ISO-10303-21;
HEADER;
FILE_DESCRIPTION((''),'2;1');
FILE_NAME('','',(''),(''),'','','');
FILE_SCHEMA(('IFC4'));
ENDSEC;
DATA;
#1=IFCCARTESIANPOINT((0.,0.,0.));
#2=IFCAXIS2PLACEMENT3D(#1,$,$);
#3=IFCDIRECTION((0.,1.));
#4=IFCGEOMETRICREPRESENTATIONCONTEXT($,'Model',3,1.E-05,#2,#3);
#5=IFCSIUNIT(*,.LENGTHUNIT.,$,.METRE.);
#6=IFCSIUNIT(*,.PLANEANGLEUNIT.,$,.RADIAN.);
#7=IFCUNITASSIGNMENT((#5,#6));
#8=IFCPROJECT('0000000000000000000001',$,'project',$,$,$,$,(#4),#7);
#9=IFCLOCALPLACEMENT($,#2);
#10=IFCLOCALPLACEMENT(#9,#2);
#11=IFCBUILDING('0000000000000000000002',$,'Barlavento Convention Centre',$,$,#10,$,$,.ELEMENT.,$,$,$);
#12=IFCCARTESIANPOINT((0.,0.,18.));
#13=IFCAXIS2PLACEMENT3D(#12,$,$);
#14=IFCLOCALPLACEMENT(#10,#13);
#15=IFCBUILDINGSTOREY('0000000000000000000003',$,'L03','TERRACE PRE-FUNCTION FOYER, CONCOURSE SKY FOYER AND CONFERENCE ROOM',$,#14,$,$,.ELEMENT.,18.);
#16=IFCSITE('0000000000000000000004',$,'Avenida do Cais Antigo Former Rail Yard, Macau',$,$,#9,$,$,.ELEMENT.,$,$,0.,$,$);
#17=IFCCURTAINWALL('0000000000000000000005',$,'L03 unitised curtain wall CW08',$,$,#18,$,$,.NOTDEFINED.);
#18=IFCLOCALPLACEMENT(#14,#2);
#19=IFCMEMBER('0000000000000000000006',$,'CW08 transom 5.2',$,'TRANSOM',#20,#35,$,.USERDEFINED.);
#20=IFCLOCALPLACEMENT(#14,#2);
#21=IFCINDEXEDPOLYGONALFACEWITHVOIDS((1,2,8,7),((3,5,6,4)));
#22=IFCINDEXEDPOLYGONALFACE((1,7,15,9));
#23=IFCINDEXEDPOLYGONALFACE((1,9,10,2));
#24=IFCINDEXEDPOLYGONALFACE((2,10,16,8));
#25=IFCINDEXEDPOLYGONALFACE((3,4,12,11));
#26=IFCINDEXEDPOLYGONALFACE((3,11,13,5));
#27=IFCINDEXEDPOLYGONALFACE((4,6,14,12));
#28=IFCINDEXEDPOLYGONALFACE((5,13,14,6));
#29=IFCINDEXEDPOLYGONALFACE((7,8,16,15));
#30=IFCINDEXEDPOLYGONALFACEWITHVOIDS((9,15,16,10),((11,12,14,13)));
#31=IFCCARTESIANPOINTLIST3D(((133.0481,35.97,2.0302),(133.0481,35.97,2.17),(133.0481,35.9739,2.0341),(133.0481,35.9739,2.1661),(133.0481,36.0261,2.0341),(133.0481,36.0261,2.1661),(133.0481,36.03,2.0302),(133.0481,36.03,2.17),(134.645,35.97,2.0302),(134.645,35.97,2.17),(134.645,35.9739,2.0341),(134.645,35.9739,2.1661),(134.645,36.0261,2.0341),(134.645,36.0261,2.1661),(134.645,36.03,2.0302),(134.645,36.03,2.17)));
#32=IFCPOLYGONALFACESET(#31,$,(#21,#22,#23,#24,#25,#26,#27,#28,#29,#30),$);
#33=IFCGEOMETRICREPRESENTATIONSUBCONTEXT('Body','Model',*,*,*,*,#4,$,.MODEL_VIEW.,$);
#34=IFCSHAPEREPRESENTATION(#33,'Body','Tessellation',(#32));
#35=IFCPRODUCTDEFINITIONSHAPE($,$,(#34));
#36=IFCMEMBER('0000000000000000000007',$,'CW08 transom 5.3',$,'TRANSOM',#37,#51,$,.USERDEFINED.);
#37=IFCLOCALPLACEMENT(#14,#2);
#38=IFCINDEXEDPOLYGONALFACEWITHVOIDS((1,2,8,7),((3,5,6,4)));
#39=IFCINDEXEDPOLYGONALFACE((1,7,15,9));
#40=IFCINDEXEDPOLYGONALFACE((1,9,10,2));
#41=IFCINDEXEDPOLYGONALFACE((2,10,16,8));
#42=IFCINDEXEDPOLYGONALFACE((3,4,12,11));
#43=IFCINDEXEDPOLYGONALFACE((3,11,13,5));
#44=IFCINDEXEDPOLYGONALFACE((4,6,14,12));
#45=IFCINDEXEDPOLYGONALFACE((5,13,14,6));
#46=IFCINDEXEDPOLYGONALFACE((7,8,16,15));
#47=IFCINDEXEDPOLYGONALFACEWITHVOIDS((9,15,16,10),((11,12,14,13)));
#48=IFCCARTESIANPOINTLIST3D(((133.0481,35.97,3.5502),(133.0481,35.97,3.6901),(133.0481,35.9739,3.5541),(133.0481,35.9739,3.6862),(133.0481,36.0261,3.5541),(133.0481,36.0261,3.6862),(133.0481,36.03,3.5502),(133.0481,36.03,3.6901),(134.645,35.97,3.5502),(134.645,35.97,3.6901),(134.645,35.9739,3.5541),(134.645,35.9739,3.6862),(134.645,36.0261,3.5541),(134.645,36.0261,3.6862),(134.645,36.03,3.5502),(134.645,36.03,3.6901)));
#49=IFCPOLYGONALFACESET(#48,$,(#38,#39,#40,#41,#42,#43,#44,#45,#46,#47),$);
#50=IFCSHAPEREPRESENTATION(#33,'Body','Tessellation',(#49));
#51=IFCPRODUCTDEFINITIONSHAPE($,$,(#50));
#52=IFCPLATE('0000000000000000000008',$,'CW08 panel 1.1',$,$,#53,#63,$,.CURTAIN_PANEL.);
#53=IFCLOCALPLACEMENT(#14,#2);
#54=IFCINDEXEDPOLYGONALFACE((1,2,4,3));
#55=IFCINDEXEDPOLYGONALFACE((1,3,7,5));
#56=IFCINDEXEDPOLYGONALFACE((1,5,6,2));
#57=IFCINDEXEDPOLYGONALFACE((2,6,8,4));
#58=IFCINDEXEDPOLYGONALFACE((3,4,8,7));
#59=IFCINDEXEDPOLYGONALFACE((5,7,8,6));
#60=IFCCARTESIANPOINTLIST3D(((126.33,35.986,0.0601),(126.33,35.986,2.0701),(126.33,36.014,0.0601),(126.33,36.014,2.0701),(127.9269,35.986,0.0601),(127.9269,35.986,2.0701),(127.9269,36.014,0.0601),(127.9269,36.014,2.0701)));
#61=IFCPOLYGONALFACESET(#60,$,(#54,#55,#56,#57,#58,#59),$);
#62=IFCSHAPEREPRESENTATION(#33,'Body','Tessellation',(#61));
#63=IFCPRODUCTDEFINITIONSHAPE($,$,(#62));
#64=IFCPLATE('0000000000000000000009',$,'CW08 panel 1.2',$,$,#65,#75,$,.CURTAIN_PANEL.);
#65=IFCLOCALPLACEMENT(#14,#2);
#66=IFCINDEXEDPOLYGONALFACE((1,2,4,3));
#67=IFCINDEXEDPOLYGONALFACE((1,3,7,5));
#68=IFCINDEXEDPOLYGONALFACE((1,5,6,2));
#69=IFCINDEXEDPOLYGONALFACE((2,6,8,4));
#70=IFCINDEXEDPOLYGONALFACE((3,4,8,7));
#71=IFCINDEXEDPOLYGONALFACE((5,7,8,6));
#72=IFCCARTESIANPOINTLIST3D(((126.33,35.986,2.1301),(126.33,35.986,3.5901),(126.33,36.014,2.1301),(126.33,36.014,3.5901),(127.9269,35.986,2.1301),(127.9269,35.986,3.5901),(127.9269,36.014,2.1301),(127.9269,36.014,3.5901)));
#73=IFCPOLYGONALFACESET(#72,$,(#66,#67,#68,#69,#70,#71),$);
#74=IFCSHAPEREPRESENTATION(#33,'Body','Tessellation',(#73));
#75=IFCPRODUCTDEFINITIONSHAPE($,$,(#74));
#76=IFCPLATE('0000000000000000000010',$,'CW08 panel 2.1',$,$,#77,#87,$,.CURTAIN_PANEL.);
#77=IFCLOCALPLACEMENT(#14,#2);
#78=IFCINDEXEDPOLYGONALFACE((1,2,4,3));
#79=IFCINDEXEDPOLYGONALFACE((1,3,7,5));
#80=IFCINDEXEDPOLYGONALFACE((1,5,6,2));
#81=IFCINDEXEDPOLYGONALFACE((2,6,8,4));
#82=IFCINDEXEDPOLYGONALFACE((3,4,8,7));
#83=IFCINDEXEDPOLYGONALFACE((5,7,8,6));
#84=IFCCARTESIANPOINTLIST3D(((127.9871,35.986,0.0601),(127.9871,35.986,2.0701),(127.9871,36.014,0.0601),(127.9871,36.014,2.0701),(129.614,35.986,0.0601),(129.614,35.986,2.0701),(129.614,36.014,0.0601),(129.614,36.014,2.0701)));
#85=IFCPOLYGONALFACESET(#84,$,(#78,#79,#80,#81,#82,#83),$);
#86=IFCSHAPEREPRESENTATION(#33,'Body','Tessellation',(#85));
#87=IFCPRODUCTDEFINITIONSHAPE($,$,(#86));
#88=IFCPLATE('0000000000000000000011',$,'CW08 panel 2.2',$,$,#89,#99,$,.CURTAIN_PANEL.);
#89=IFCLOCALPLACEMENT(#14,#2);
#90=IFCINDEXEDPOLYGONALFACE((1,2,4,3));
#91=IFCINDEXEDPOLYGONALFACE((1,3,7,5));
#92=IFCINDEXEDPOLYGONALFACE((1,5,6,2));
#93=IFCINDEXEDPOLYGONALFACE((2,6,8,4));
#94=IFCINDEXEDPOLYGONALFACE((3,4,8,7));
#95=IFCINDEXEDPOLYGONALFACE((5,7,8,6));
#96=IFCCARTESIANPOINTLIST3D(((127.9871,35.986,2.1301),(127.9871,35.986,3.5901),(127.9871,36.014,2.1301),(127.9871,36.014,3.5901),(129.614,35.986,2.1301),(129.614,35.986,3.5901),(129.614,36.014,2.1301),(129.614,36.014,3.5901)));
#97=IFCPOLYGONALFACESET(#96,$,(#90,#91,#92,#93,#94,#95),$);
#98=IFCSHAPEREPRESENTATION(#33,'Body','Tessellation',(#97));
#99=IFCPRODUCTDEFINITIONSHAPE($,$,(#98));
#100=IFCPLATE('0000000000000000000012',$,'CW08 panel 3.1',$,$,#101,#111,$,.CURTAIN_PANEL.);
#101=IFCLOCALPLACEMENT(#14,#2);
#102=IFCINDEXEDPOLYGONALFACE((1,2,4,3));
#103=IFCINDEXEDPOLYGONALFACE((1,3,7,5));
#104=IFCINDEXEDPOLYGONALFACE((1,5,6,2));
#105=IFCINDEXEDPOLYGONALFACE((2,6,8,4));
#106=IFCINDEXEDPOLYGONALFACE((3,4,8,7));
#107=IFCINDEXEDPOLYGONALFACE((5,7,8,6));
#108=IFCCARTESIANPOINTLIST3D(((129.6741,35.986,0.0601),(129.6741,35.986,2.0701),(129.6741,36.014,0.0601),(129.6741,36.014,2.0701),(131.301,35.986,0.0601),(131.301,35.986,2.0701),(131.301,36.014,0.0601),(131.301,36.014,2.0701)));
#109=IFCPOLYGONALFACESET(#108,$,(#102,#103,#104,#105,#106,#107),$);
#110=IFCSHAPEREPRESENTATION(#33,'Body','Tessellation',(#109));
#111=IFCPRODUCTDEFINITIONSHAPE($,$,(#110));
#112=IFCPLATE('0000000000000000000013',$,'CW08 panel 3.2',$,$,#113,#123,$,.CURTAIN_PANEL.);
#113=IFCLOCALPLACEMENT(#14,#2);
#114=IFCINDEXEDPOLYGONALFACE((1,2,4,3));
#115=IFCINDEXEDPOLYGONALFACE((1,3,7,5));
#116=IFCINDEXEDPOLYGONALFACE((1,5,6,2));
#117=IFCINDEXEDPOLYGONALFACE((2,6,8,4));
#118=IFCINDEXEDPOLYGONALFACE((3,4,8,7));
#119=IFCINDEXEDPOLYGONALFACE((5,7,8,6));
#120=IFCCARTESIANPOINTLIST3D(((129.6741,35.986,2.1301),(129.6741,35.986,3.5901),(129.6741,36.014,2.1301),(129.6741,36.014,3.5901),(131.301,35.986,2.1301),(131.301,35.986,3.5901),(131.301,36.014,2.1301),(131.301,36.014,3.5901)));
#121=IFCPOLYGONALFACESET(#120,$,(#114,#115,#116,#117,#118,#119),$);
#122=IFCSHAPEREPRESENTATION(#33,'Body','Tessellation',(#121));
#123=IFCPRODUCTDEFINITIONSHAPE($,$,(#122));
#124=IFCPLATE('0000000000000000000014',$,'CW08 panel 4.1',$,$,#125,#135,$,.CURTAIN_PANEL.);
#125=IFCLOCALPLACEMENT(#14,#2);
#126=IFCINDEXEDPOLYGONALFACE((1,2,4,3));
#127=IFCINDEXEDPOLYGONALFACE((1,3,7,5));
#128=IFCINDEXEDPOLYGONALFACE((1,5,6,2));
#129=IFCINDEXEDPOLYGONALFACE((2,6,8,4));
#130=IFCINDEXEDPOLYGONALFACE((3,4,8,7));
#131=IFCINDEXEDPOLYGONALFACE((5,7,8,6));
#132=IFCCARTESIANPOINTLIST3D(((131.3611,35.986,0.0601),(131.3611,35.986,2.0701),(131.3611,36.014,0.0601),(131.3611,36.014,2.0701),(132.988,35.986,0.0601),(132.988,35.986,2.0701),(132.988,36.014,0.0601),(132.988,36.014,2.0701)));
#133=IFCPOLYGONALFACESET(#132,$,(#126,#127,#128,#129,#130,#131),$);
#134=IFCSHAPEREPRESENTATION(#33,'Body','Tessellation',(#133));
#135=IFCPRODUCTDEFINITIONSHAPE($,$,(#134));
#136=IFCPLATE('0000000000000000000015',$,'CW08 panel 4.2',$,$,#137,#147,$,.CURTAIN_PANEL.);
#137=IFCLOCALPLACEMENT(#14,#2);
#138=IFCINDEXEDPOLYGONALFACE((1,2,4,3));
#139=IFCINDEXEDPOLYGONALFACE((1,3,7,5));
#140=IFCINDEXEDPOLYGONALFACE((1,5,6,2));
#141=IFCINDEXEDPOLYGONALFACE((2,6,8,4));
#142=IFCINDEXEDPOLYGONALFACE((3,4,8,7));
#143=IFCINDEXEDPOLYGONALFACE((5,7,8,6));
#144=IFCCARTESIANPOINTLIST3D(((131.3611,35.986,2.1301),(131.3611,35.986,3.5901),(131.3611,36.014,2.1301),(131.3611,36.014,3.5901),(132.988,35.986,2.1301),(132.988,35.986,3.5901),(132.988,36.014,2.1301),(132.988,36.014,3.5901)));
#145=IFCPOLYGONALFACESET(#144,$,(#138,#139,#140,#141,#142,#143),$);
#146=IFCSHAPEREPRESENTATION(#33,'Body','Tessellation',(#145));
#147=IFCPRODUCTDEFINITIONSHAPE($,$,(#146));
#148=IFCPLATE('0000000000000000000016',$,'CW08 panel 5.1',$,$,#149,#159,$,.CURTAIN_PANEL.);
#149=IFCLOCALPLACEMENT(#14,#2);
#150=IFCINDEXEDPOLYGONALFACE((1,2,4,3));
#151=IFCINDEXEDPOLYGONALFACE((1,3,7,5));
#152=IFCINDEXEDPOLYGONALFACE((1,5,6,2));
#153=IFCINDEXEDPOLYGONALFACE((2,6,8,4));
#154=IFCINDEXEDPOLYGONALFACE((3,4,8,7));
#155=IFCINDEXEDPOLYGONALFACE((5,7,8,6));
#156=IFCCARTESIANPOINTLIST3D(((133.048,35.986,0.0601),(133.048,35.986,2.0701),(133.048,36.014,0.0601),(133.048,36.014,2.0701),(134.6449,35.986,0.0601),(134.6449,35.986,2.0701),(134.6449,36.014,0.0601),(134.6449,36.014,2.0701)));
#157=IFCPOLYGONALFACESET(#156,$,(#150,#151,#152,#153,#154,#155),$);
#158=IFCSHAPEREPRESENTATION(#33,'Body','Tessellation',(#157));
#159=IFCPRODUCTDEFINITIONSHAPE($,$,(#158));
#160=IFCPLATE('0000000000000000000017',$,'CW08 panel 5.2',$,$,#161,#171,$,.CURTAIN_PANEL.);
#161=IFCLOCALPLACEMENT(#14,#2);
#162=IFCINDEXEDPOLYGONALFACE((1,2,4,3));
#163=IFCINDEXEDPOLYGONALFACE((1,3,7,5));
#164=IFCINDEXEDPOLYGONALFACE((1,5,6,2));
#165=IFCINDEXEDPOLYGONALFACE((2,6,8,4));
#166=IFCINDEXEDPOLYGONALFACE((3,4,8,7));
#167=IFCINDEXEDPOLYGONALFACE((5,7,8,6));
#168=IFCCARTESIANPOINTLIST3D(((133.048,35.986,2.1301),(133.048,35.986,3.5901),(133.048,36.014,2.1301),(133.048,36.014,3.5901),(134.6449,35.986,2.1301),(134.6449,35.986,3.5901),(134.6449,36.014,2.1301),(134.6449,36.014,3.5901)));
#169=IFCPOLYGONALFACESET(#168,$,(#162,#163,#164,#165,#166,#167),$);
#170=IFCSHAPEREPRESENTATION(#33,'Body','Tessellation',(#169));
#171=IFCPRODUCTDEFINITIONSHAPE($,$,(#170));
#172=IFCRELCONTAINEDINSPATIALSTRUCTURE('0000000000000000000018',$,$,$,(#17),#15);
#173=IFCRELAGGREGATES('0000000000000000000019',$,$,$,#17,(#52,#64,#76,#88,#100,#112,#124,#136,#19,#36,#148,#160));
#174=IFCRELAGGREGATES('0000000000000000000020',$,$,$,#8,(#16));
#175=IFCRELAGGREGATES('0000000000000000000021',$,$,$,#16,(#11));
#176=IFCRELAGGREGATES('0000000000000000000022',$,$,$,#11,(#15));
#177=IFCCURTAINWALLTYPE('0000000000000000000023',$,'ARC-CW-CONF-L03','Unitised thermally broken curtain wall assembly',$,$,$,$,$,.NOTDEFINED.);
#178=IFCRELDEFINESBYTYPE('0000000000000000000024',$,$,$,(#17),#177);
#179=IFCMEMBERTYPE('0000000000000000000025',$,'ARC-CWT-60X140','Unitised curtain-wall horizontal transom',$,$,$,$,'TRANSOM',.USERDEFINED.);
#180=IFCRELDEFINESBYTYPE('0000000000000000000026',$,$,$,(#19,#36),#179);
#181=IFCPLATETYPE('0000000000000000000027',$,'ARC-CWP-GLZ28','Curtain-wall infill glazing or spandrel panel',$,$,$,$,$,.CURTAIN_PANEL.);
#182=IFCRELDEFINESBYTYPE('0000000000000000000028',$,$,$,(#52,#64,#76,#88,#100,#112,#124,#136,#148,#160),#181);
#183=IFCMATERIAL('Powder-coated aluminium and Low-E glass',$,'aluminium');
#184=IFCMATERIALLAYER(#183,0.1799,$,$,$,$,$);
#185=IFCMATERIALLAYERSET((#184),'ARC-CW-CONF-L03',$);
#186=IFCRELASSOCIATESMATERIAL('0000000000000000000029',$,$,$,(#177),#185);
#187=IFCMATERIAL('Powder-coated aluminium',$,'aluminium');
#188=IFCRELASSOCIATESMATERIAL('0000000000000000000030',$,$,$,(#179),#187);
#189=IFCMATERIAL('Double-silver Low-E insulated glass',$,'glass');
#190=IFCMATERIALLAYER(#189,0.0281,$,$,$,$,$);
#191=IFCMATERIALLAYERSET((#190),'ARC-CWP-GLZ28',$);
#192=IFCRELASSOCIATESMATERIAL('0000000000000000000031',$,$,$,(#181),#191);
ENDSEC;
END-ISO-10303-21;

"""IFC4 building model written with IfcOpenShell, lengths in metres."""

from ifc_helpers import new_model, si_unit, direction, frame, origin, origin_2d, place, context, subcontext, project, spatial, rectangle, hollow_rectangle, extrude, material, layer, layer_set, material_profile, profile_set, type_object, element, aggregate, save


model = new_model("IFC4")

# Units and contexts
model_context = context("Model", 3, precision=1e-05, world=origin(), true_north=direction((0.0, 1.0)))
body_context = subcontext(model_context, "Body", "Model", "MODEL_VIEW")
ifc_project = project(units=[si_unit("LENGTHUNIT", "METRE"), si_unit("PLANEANGLEUNIT", "RADIAN")], contexts=[model_context])

# Site, building, storey
site_placement = place(None, origin())
site = spatial("IfcSite", under=ifc_project, at=site_placement, Name="Avenida do Cais Antigo Former Rail Yard, Macau", CompositionType="ELEMENT", RefElevation=0.0)
building_placement = place(site_placement, origin())
building = spatial("IfcBuilding", under=site, at=building_placement, Name="Barlavento Convention Centre", CompositionType="ELEMENT")
storey_placement = place(building_placement, frame((0.0, 0.0, 18.0)))
storey = spatial("IfcBuildingStorey", under=building, at=storey_placement, Name="L03", Description="TERRACE PRE-FUNCTION FOYER, CONCOURSE SKY FOYER AND CONFERENCE ROOM", CompositionType="ELEMENT", Elevation=18.0)

# Curtain wall, members, plates
ifc_material_1 = material(Name="Powder-coated aluminium and Low-E glass", Category="aluminium")
ifc_layer_1 = layer(ifc_material_1, 0.1799)
ifc_layer_set_1 = layer_set([ifc_layer_1], Name="ARC-CW-CONF-L03")
curtain_wall_type = type_object("IfcCurtainWallType", Name="ARC-CW-CONF-L03", Description="Unitised thermally broken curtain wall assembly", PredefinedType="NOTDEFINED", material=ifc_layer_set_1)
curtain_wall_placement = place(storey_placement, origin())
curtain_wall = element("IfcCurtainWall", 1, at=curtain_wall_placement, inside=storey, type_object=curtain_wall_type, Name="L03 unitised curtain wall CW08", PredefinedType="NOTDEFINED")
ifc_material_2 = material(Name="Powder-coated aluminium", Category="aluminium")
ifc_material_profile_1 = material_profile(ifc_material_2, hollow_rectangle(XDim=0.0601, YDim=0.1399, WallThickness=0.0039, at=origin_2d()), Name="AL-TRAN 60x140x4")
ifc_profile_set_1 = profile_set([ifc_material_profile_1], Name="Powder-coated aluminium")
member_type_1 = type_object("IfcMemberType", Name="ARC-CWT-60X140", Description="Unitised curtain-wall horizontal transom", ElementType="TRANSOM", PredefinedType="USERDEFINED", material=ifc_profile_set_1)
member_1_placement = place(storey_placement, frame((133.0481, 36.0, 2.1001), z_axis=(1.0, 0.0, 0.0), x_axis=(0.0, 1.0, 0.0)))
member_1 = element("IfcMember", 2, at=member_1_placement, type_object=member_type_1, Name="CW08 transom 5.2", ObjectType="TRANSOM", PredefinedType="USERDEFINED", context=body_context, shape_type="SweptSolid", body=[
    extrude(hollow_rectangle(XDim=0.0601, YDim=0.1399, WallThickness=0.0039, at=origin_2d()), origin(), (0.0, 0.0, 1.0), 1.5969),
])
member_2_placement = place(storey_placement, frame((133.0481, 36.0, 3.6201), z_axis=(1.0, 0.0, 0.0), x_axis=(0.0, 1.0, 0.0)))
member_2 = element("IfcMember", 3, at=member_2_placement, type_object=member_type_1, Name="CW08 transom 5.3", ObjectType="TRANSOM", PredefinedType="USERDEFINED", context=body_context, shape_type="SweptSolid", body=[
    extrude(hollow_rectangle(XDim=0.0601, YDim=0.1399, WallThickness=0.0039, at=origin_2d()), origin(), (0.0, 0.0, 1.0), 1.5969),
])
ifc_material_3 = material(Name="Double-silver Low-E insulated glass", Category="glass")
ifc_layer_2 = layer(ifc_material_3, 0.0281)
ifc_layer_set_2 = layer_set([ifc_layer_2], Name="ARC-CWP-GLZ28")
plate_type = type_object("IfcPlateType", Name="ARC-CWP-GLZ28", Description="Curtain-wall infill glazing or spandrel panel", PredefinedType="CURTAIN_PANEL", material=ifc_layer_set_2)
plate_1_placement = place(storey_placement, frame((127.1284, 36.0, 0.0601), z_axis=(0.0, 0.0, 1.0), x_axis=(1.0, 0.0, 0.0)))
plate_1 = element("IfcPlate", 4, at=plate_1_placement, type_object=plate_type, Name="CW08 panel 1.1", PredefinedType="CURTAIN_PANEL", context=body_context, shape_type="SweptSolid", body=[
    extrude(rectangle(XDim=1.5969, YDim=0.0281, at=origin_2d()), origin(), (0.0, 0.0, 1.0), 2.01),
])
plate_2_placement = place(storey_placement, frame((127.1284, 36.0, 2.1301), z_axis=(0.0, 0.0, 1.0), x_axis=(1.0, 0.0, 0.0)))
plate_2 = element("IfcPlate", 5, at=plate_2_placement, type_object=plate_type, Name="CW08 panel 1.2", PredefinedType="CURTAIN_PANEL", context=body_context, shape_type="SweptSolid", body=[
    extrude(rectangle(XDim=1.5969, YDim=0.0281, at=origin_2d()), origin(), (0.0, 0.0, 1.0), 1.46),
])
plate_3_placement = place(storey_placement, frame((128.8005, 36.0, 0.0601), z_axis=(0.0, 0.0, 1.0), x_axis=(1.0, 0.0, 0.0)))
plate_3 = element("IfcPlate", 6, at=plate_3_placement, type_object=plate_type, Name="CW08 panel 2.1", PredefinedType="CURTAIN_PANEL", context=body_context, shape_type="SweptSolid", body=[
    extrude(rectangle(XDim=1.627, YDim=0.0281, at=origin_2d()), origin(), (0.0, 0.0, 1.0), 2.01),
])
plate_4_placement = place(storey_placement, frame((128.8005, 36.0, 2.1301), z_axis=(0.0, 0.0, 1.0), x_axis=(1.0, 0.0, 0.0)))
plate_4 = element("IfcPlate", 7, at=plate_4_placement, type_object=plate_type, Name="CW08 panel 2.2", PredefinedType="CURTAIN_PANEL", context=body_context, shape_type="SweptSolid", body=[
    extrude(rectangle(XDim=1.627, YDim=0.0281, at=origin_2d()), origin(), (0.0, 0.0, 1.0), 1.46),
])
plate_5_placement = place(storey_placement, frame((130.4875, 36.0, 0.0601), z_axis=(0.0, 0.0, 1.0), x_axis=(1.0, 0.0, 0.0)))
plate_5 = element("IfcPlate", 8, at=plate_5_placement, type_object=plate_type, Name="CW08 panel 3.1", PredefinedType="CURTAIN_PANEL", context=body_context, shape_type="SweptSolid", body=[
    extrude(rectangle(XDim=1.627, YDim=0.0281, at=origin_2d()), origin(), (0.0, 0.0, 1.0), 2.01),
])
plate_6_placement = place(storey_placement, frame((130.4875, 36.0, 2.1301), z_axis=(0.0, 0.0, 1.0), x_axis=(1.0, 0.0, 0.0)))
plate_6 = element("IfcPlate", 9, at=plate_6_placement, type_object=plate_type, Name="CW08 panel 3.2", PredefinedType="CURTAIN_PANEL", context=body_context, shape_type="SweptSolid", body=[
    extrude(rectangle(XDim=1.627, YDim=0.0281, at=origin_2d()), origin(), (0.0, 0.0, 1.0), 1.46),
])
plate_7_placement = place(storey_placement, frame((132.1746, 36.0, 0.0601), z_axis=(0.0, 0.0, 1.0), x_axis=(1.0, 0.0, 0.0)))
plate_7 = element("IfcPlate", 10, at=plate_7_placement, type_object=plate_type, Name="CW08 panel 4.1", PredefinedType="CURTAIN_PANEL", context=body_context, shape_type="SweptSolid", body=[
    extrude(rectangle(XDim=1.627, YDim=0.0281, at=origin_2d()), origin(), (0.0, 0.0, 1.0), 2.01),
])
plate_8_placement = place(storey_placement, frame((132.1746, 36.0, 2.1301), z_axis=(0.0, 0.0, 1.0), x_axis=(1.0, 0.0, 0.0)))
plate_8 = element("IfcPlate", 11, at=plate_8_placement, type_object=plate_type, Name="CW08 panel 4.2", PredefinedType="CURTAIN_PANEL", context=body_context, shape_type="SweptSolid", body=[
    extrude(rectangle(XDim=1.627, YDim=0.0281, at=origin_2d()), origin(), (0.0, 0.0, 1.0), 1.46),
])
plate_9_placement = place(storey_placement, frame((133.8464, 36.0, 0.0601), z_axis=(0.0, 0.0, 1.0), x_axis=(1.0, 0.0, 0.0)))
plate_9 = element("IfcPlate", 12, at=plate_9_placement, type_object=plate_type, Name="CW08 panel 5.1", PredefinedType="CURTAIN_PANEL", context=body_context, shape_type="SweptSolid", body=[
    extrude(rectangle(XDim=1.5969, YDim=0.0281, at=origin_2d()), origin(), (0.0, 0.0, 1.0), 2.01),
])
plate_10_placement = place(storey_placement, frame((133.8464, 36.0, 2.1301), z_axis=(0.0, 0.0, 1.0), x_axis=(1.0, 0.0, 0.0)))
plate_10 = element("IfcPlate", 13, at=plate_10_placement, type_object=plate_type, Name="CW08 panel 5.2", PredefinedType="CURTAIN_PANEL", context=body_context, shape_type="SweptSolid", body=[
    extrude(rectangle(XDim=1.5969, YDim=0.0281, at=origin_2d()), origin(), (0.0, 0.0, 1.0), 1.46),
])
aggregate(curtain_wall, [plate_1, plate_2, plate_3, plate_4, plate_5, plate_6, plate_7, plate_8, member_1, member_2, plate_9, plate_10])

save(model, "model.ifc")
